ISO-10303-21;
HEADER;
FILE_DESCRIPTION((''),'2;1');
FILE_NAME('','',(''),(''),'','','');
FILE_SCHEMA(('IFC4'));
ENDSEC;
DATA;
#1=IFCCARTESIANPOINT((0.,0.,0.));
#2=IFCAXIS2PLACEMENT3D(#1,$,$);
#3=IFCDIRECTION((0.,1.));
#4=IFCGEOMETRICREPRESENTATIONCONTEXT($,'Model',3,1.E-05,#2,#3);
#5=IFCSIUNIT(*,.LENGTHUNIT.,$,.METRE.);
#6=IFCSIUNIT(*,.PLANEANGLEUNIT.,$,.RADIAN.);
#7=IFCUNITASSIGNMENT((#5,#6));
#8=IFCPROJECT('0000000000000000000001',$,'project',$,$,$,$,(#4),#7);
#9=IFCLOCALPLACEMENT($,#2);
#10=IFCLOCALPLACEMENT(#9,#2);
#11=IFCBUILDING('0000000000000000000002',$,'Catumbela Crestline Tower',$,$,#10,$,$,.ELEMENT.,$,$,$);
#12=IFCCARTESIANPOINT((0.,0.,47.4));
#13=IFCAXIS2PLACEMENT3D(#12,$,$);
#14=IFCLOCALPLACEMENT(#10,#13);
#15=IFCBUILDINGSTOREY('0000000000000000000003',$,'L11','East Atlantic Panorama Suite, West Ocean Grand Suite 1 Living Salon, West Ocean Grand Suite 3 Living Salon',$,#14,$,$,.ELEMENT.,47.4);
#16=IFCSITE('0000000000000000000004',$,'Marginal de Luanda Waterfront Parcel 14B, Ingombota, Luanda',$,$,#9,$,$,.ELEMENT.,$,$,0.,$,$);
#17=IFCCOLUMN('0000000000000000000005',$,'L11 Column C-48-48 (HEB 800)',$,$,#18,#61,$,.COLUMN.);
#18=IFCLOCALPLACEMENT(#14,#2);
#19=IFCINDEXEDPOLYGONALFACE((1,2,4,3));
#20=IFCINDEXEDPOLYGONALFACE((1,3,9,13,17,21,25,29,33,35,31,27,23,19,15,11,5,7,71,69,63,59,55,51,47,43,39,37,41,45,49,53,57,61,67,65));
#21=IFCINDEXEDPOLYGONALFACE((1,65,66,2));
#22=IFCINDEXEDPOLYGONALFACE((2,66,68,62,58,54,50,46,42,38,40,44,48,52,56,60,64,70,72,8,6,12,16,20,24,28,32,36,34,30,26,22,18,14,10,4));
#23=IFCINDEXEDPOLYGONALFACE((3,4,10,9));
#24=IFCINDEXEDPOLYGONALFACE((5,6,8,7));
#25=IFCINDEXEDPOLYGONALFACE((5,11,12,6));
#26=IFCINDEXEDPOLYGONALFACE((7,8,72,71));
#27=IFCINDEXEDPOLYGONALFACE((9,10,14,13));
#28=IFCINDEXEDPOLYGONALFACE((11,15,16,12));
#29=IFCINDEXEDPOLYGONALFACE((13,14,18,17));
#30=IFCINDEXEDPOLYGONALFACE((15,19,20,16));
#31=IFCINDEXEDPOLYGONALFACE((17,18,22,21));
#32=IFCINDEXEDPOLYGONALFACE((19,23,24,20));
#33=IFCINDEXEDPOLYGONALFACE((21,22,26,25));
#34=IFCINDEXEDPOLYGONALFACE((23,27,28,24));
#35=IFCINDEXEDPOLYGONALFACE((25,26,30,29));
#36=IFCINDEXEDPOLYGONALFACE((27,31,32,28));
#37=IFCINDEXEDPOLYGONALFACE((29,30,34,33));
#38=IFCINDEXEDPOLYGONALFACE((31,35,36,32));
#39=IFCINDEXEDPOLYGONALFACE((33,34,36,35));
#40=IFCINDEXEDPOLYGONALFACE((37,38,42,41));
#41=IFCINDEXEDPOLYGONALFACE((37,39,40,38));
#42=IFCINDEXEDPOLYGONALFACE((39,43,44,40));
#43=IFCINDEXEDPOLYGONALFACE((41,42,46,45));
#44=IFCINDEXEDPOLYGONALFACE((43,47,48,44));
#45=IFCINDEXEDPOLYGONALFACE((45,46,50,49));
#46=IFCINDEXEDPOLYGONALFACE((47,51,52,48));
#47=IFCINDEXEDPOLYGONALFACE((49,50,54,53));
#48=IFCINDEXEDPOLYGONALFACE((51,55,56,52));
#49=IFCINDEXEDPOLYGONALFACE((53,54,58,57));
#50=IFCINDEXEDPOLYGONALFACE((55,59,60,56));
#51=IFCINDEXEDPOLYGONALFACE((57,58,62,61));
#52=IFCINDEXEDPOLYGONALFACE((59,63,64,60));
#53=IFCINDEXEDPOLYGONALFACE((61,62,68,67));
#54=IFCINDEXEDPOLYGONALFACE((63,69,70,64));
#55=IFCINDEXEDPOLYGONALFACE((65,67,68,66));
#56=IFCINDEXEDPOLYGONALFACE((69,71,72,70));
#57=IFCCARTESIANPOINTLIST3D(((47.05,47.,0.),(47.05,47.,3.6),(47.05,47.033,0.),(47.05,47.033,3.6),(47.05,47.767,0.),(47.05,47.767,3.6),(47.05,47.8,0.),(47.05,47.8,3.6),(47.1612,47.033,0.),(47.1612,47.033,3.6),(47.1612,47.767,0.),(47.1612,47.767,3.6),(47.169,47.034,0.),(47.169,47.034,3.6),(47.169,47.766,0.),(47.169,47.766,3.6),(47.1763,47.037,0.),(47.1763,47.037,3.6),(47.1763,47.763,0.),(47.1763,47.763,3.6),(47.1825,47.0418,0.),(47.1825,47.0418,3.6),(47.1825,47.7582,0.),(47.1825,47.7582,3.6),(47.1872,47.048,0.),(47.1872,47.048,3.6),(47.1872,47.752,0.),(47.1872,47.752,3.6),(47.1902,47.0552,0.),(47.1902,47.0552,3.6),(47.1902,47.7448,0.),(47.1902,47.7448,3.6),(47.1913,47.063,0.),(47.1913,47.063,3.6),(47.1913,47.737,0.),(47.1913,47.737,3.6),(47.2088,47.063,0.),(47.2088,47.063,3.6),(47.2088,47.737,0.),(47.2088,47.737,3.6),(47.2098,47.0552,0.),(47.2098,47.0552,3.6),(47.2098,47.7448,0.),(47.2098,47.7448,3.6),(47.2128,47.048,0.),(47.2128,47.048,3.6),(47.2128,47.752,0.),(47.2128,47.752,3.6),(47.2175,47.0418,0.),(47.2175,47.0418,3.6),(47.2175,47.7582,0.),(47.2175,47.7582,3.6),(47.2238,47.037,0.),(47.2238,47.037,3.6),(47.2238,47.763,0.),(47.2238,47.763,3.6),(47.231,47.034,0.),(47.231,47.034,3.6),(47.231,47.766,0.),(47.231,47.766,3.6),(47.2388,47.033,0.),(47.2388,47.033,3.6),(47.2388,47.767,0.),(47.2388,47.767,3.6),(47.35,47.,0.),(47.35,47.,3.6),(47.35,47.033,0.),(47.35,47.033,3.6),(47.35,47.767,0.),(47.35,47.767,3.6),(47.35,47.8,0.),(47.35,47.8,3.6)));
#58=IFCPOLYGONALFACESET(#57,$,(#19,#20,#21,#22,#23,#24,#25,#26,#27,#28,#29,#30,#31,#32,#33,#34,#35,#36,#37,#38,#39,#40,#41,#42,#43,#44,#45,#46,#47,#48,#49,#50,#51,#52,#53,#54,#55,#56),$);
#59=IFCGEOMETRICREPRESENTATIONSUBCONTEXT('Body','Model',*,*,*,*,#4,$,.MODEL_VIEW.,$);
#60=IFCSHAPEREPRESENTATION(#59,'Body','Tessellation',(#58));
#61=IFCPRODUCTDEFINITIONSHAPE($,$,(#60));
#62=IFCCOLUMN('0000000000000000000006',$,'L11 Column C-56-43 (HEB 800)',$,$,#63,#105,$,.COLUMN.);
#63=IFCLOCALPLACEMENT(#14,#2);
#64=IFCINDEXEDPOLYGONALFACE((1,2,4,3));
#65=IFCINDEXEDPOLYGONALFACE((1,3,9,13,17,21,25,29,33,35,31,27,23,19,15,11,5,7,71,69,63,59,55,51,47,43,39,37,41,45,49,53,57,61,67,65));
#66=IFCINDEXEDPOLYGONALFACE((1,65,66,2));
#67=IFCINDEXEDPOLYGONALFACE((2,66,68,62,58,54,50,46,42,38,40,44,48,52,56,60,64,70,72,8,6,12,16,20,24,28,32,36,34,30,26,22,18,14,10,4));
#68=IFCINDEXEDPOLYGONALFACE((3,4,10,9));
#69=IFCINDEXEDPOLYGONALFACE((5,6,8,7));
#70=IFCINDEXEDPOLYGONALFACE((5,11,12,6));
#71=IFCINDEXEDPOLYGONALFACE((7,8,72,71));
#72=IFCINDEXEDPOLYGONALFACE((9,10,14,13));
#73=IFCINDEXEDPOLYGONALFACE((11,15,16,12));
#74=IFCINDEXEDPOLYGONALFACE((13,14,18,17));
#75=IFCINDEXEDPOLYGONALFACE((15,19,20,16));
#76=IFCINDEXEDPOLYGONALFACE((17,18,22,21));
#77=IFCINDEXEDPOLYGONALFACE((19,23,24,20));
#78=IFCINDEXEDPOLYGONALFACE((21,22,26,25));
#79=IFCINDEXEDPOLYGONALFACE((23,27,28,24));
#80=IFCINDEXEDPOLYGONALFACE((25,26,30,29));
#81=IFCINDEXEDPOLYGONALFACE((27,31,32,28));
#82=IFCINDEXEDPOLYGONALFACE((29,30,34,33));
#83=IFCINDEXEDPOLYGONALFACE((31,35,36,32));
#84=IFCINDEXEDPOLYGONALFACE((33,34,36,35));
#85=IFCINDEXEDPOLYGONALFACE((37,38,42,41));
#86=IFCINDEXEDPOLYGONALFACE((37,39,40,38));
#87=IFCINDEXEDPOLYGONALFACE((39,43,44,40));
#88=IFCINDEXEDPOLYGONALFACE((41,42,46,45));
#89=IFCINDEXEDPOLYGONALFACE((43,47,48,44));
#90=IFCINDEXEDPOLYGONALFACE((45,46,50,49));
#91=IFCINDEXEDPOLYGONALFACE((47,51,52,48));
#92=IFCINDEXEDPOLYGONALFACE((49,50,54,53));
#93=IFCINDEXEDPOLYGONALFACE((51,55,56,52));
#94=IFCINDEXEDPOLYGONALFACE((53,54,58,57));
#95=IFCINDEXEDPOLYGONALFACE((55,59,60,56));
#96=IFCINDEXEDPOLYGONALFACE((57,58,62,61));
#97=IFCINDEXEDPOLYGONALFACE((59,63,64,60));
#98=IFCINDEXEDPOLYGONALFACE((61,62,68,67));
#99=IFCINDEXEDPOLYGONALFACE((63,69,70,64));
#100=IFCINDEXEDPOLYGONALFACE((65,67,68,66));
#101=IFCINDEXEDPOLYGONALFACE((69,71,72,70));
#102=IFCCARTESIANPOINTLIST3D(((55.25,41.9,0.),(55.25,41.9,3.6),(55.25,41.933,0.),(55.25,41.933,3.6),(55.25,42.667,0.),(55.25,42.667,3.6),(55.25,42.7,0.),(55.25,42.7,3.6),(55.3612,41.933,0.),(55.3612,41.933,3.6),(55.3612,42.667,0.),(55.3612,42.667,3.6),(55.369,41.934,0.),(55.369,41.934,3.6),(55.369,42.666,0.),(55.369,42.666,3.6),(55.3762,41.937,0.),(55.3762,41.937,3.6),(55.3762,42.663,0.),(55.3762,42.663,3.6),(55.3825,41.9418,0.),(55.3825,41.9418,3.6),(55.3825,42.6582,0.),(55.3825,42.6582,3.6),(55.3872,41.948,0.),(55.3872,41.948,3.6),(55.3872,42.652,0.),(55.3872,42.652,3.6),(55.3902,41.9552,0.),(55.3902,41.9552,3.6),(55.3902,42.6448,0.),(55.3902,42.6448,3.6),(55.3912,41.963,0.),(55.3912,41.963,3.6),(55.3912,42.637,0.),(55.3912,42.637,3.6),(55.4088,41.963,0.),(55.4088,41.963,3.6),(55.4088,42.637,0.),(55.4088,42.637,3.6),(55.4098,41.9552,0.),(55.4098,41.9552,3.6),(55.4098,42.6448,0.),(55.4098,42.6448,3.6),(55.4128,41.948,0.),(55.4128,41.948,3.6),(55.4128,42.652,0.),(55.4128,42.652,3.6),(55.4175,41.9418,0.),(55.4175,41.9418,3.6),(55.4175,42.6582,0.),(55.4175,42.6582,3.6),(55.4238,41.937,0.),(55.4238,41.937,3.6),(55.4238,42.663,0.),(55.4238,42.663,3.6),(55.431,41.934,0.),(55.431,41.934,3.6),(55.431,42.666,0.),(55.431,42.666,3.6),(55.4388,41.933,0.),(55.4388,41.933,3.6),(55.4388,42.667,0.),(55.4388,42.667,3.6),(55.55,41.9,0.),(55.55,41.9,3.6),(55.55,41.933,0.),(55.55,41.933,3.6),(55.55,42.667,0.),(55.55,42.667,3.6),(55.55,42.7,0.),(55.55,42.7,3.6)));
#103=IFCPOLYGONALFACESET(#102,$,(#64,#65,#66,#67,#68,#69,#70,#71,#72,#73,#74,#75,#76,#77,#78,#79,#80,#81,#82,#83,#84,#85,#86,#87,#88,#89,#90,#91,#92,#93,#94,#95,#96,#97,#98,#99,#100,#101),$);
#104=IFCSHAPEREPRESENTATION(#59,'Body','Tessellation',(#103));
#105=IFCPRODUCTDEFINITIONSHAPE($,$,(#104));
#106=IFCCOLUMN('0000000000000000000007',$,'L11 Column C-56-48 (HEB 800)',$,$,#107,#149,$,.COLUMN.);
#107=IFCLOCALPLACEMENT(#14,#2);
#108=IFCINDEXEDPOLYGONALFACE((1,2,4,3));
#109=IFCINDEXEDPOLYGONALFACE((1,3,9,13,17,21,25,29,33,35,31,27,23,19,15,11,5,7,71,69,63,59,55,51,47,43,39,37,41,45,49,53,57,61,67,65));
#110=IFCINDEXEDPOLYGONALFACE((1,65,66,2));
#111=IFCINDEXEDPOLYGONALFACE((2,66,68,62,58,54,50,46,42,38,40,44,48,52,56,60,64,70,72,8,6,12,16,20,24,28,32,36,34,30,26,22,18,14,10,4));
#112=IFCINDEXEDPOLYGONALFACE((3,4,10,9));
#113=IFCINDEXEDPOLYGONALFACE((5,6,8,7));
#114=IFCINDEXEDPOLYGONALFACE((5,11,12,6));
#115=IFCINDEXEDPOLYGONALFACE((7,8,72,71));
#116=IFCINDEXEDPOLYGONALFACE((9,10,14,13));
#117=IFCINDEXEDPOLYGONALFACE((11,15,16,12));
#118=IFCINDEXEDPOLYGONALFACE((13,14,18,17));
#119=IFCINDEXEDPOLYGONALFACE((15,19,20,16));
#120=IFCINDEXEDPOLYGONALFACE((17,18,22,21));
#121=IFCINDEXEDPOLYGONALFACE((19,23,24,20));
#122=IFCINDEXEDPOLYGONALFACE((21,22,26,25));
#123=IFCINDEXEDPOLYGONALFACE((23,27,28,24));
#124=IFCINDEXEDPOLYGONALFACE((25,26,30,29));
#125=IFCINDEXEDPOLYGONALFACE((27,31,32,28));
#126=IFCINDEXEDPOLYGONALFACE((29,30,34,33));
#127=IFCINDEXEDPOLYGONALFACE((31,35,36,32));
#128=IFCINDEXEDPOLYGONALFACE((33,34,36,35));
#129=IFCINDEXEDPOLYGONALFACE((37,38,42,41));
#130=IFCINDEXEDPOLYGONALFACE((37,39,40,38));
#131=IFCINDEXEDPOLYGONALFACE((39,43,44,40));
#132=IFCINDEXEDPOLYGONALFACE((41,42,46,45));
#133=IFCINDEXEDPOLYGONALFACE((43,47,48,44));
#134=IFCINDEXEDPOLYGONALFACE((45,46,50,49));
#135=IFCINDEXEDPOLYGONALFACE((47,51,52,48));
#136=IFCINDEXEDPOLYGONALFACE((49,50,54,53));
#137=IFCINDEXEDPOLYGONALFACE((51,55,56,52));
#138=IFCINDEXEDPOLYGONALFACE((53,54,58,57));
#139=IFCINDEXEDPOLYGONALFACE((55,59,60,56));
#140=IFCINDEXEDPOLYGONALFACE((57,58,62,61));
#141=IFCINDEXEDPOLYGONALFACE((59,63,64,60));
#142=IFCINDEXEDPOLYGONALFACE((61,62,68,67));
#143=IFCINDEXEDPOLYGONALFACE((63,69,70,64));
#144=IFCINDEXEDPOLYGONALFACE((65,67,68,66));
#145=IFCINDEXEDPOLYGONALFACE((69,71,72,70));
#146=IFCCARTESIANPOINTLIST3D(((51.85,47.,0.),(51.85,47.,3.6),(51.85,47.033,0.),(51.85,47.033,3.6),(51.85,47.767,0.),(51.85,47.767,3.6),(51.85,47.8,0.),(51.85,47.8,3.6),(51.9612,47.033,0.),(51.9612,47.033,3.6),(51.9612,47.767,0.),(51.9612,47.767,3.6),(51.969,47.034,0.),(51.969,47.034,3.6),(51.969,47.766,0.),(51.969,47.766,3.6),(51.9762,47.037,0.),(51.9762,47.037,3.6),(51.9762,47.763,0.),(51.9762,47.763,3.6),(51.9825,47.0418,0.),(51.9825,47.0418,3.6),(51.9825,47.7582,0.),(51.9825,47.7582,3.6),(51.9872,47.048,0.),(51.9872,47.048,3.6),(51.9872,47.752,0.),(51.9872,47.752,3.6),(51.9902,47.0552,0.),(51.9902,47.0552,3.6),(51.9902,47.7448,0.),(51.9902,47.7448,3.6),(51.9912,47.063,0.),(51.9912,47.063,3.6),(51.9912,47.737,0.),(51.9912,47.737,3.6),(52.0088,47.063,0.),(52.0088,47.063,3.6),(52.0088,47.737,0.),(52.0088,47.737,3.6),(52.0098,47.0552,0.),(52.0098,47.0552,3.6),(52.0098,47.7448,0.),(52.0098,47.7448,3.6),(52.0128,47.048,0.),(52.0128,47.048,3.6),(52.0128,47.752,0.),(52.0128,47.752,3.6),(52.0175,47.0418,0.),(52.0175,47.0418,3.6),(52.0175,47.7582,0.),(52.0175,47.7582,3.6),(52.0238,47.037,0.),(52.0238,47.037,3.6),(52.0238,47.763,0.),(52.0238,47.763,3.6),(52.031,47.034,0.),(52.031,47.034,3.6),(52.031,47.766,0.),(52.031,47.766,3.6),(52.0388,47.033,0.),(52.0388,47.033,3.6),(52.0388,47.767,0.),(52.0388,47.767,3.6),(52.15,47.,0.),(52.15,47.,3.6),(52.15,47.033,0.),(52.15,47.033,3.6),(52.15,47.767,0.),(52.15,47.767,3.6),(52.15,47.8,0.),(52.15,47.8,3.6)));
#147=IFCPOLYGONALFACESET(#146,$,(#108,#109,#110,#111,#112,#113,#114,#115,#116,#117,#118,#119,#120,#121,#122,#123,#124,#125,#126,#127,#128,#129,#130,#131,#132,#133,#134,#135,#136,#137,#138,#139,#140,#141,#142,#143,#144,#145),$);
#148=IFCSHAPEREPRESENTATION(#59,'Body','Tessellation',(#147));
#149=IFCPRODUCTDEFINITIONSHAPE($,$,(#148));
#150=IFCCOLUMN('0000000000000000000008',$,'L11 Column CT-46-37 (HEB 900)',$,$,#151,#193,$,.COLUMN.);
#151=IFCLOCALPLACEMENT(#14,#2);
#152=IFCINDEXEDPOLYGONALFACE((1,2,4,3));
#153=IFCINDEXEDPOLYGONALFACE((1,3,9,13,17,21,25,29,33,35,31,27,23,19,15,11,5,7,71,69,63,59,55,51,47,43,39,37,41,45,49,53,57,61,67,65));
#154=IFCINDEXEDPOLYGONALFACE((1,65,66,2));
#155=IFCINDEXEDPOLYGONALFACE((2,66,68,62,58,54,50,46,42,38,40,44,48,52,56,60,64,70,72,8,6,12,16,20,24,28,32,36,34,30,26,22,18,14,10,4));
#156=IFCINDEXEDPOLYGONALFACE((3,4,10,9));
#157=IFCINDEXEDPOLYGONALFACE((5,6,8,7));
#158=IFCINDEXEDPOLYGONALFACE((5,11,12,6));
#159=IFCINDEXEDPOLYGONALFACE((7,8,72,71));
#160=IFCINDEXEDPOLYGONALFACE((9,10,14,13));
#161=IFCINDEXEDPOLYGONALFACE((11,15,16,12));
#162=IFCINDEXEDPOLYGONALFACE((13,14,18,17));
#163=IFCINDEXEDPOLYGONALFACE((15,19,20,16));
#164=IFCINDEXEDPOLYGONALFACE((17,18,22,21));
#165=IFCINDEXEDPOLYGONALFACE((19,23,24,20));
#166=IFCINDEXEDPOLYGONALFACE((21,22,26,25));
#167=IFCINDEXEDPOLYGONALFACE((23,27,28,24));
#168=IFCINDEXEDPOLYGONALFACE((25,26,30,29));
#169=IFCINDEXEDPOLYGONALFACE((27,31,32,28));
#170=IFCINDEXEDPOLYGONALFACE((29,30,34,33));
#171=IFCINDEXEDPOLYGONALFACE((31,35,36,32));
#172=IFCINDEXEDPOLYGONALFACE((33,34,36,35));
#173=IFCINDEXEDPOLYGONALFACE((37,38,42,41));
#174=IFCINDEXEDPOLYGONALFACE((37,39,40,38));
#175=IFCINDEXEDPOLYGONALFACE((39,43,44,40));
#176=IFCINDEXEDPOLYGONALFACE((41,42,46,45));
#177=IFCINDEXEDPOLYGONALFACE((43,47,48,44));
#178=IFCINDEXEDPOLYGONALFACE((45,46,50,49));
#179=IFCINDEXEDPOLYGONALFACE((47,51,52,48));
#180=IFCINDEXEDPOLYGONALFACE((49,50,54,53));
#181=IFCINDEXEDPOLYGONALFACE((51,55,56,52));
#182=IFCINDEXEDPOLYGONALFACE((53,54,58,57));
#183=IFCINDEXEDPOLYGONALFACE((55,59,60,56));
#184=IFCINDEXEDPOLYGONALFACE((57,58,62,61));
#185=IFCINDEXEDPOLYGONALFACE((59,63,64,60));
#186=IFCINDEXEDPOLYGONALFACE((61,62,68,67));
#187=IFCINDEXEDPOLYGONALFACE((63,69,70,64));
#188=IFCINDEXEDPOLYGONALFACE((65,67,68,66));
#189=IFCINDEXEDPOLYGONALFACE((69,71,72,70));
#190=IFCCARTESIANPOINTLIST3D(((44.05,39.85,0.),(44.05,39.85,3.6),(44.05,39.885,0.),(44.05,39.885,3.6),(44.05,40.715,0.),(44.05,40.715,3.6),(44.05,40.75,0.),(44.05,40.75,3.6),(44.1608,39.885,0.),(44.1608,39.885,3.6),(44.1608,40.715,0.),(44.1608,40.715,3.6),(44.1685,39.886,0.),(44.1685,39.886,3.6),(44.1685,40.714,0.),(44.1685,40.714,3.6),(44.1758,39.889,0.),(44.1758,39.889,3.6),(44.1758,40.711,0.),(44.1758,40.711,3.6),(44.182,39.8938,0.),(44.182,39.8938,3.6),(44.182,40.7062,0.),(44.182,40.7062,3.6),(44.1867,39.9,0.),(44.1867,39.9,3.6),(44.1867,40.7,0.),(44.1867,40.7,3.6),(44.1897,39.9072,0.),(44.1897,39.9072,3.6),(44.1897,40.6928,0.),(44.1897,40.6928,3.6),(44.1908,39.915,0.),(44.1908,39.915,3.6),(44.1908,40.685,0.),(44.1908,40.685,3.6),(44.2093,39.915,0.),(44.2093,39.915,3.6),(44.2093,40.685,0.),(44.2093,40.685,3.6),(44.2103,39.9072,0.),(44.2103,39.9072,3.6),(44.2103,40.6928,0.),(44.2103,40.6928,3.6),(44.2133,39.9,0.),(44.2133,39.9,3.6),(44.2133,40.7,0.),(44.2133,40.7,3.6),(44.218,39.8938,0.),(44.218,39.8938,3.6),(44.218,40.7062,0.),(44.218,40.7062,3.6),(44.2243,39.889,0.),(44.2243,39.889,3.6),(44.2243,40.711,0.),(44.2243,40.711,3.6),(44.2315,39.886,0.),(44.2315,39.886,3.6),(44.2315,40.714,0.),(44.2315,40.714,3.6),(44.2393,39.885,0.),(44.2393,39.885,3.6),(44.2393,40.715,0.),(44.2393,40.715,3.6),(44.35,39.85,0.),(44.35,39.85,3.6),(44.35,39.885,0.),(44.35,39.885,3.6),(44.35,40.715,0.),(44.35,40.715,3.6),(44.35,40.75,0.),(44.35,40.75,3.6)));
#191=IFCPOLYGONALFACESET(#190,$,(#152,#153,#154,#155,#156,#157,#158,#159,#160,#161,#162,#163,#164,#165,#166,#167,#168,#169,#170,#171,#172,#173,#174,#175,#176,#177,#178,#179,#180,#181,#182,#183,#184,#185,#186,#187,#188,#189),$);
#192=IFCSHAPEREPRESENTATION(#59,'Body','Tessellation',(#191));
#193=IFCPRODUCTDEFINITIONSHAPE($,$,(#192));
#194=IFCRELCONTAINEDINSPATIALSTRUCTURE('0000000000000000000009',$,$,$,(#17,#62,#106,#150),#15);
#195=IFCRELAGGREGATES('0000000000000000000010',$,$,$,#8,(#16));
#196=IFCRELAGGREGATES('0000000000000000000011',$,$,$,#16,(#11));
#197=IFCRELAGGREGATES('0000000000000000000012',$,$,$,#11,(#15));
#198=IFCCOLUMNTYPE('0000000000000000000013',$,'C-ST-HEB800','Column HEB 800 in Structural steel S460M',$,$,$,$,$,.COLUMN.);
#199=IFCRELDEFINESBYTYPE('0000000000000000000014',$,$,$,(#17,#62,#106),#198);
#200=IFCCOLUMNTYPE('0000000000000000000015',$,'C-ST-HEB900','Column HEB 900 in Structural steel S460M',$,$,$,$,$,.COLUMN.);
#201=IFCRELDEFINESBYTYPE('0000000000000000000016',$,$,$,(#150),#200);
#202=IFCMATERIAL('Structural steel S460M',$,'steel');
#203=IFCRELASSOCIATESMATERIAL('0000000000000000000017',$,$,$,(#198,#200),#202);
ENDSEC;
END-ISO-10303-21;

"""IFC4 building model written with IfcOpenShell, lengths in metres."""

from ifc_helpers import new_model, si_unit, direction, frame, origin, origin_2d, place, context, subcontext, project, spatial, i_section, extrude, material, material_profile, profile_set, type_object, element, save


model = new_model("IFC4")

# Units and contexts
model_context = context("Model", 3, precision=1e-05, world=origin(), true_north=direction((0.0, 1.0)))
body_context = subcontext(model_context, "Body", "Model", "MODEL_VIEW")
ifc_project = project(units=[si_unit("LENGTHUNIT", "METRE"), si_unit("PLANEANGLEUNIT", "RADIAN")], contexts=[model_context])

# Site, building, storey
site_placement = place(None, origin())
site = spatial("IfcSite", under=ifc_project, at=site_placement, Name="Marginal de Luanda Waterfront Parcel 14B, Ingombota, Luanda", CompositionType="ELEMENT", RefElevation=0.0)
building_placement = place(site_placement, origin())
building = spatial("IfcBuilding", under=site, at=building_placement, Name="Catumbela Crestline Tower", CompositionType="ELEMENT")
storey_placement = place(building_placement, frame((0.0, 0.0, 47.4)))
storey = spatial("IfcBuildingStorey", under=building, at=storey_placement, Name="L11", Description="East Atlantic Panorama Suite, West Ocean Grand Suite 1 Living Salon, West Ocean Grand Suite 3 Living Salon", CompositionType="ELEMENT", Elevation=47.4)

# Columns
ifc_material_1 = material(Name="Structural steel S460M", Category="steel")
ifc_material_profile_1 = material_profile(ifc_material_1, i_section(OverallWidth=0.3, OverallDepth=0.8, WebThickness=0.0175, FlangeThickness=0.033, FilletRadius=0.03, at=origin_2d()), Name="HEB 800")
ifc_profile_set_1 = profile_set([ifc_material_profile_1], Name="Structural steel S460M")
column_type_1 = type_object("IfcColumnType", Name="C-ST-HEB800", Description="Column HEB 800 in Structural steel S460M", PredefinedType="COLUMN", material=ifc_profile_set_1)
for number, where, z_axis, x_axis, name in (
    (1, (47.2, 47.4, 0.0), (0.0, 0.0, 1.0), (1.0, 0.0, 0.0), "L11 Column C-48-48 (HEB 800)"),
    (2, (55.4, 42.3, 0.0), (0.0, 0.0, 1.0), (1.0, 0.0, 0.0), "L11 Column C-56-43 (HEB 800)"),
    (3, (52.0, 47.4, 0.0), (0.0, 0.0, 1.0), (1.0, 0.0, 0.0), "L11 Column C-56-48 (HEB 800)"),
):
    element("IfcColumn", number, at=place(storey_placement, frame(where, z_axis=z_axis, x_axis=x_axis)), inside=storey, type_object=column_type_1, Name=name, PredefinedType="COLUMN", context=body_context, shape_type="SweptSolid", body=[
        extrude(i_section(OverallWidth=0.3, OverallDepth=0.8, WebThickness=0.0175, FlangeThickness=0.033, FilletRadius=0.03, at=origin_2d()), origin(), (0.0, 0.0, 1.0), 3.6),
    ])
ifc_material_profile_2 = material_profile(ifc_material_1, i_section(OverallWidth=0.3, OverallDepth=0.9, WebThickness=0.0185, FlangeThickness=0.035, FilletRadius=0.03, at=origin_2d()), Name="HEB 900")
ifc_profile_set_2 = profile_set([ifc_material_profile_2], Name="Structural steel S460M")
column_type_2 = type_object("IfcColumnType", Name="C-ST-HEB900", Description="Column HEB 900 in Structural steel S460M", PredefinedType="COLUMN", material=ifc_profile_set_2)
column_placement = place(storey_placement, frame((44.2, 40.3, 0.0), z_axis=(0.0, 0.0, 1.0), x_axis=(1.0, 0.0, 0.0)))
element("IfcColumn", 4, at=column_placement, inside=storey, type_object=column_type_2, Name="L11 Column CT-46-37 (HEB 900)", PredefinedType="COLUMN", context=body_context, shape_type="SweptSolid", body=[
    extrude(i_section(OverallWidth=0.3, OverallDepth=0.9, WebThickness=0.0185, FlangeThickness=0.035, FilletRadius=0.03, at=origin_2d()), origin(), (0.0, 0.0, 1.0), 3.6),
])

save(model, "model.ifc")
